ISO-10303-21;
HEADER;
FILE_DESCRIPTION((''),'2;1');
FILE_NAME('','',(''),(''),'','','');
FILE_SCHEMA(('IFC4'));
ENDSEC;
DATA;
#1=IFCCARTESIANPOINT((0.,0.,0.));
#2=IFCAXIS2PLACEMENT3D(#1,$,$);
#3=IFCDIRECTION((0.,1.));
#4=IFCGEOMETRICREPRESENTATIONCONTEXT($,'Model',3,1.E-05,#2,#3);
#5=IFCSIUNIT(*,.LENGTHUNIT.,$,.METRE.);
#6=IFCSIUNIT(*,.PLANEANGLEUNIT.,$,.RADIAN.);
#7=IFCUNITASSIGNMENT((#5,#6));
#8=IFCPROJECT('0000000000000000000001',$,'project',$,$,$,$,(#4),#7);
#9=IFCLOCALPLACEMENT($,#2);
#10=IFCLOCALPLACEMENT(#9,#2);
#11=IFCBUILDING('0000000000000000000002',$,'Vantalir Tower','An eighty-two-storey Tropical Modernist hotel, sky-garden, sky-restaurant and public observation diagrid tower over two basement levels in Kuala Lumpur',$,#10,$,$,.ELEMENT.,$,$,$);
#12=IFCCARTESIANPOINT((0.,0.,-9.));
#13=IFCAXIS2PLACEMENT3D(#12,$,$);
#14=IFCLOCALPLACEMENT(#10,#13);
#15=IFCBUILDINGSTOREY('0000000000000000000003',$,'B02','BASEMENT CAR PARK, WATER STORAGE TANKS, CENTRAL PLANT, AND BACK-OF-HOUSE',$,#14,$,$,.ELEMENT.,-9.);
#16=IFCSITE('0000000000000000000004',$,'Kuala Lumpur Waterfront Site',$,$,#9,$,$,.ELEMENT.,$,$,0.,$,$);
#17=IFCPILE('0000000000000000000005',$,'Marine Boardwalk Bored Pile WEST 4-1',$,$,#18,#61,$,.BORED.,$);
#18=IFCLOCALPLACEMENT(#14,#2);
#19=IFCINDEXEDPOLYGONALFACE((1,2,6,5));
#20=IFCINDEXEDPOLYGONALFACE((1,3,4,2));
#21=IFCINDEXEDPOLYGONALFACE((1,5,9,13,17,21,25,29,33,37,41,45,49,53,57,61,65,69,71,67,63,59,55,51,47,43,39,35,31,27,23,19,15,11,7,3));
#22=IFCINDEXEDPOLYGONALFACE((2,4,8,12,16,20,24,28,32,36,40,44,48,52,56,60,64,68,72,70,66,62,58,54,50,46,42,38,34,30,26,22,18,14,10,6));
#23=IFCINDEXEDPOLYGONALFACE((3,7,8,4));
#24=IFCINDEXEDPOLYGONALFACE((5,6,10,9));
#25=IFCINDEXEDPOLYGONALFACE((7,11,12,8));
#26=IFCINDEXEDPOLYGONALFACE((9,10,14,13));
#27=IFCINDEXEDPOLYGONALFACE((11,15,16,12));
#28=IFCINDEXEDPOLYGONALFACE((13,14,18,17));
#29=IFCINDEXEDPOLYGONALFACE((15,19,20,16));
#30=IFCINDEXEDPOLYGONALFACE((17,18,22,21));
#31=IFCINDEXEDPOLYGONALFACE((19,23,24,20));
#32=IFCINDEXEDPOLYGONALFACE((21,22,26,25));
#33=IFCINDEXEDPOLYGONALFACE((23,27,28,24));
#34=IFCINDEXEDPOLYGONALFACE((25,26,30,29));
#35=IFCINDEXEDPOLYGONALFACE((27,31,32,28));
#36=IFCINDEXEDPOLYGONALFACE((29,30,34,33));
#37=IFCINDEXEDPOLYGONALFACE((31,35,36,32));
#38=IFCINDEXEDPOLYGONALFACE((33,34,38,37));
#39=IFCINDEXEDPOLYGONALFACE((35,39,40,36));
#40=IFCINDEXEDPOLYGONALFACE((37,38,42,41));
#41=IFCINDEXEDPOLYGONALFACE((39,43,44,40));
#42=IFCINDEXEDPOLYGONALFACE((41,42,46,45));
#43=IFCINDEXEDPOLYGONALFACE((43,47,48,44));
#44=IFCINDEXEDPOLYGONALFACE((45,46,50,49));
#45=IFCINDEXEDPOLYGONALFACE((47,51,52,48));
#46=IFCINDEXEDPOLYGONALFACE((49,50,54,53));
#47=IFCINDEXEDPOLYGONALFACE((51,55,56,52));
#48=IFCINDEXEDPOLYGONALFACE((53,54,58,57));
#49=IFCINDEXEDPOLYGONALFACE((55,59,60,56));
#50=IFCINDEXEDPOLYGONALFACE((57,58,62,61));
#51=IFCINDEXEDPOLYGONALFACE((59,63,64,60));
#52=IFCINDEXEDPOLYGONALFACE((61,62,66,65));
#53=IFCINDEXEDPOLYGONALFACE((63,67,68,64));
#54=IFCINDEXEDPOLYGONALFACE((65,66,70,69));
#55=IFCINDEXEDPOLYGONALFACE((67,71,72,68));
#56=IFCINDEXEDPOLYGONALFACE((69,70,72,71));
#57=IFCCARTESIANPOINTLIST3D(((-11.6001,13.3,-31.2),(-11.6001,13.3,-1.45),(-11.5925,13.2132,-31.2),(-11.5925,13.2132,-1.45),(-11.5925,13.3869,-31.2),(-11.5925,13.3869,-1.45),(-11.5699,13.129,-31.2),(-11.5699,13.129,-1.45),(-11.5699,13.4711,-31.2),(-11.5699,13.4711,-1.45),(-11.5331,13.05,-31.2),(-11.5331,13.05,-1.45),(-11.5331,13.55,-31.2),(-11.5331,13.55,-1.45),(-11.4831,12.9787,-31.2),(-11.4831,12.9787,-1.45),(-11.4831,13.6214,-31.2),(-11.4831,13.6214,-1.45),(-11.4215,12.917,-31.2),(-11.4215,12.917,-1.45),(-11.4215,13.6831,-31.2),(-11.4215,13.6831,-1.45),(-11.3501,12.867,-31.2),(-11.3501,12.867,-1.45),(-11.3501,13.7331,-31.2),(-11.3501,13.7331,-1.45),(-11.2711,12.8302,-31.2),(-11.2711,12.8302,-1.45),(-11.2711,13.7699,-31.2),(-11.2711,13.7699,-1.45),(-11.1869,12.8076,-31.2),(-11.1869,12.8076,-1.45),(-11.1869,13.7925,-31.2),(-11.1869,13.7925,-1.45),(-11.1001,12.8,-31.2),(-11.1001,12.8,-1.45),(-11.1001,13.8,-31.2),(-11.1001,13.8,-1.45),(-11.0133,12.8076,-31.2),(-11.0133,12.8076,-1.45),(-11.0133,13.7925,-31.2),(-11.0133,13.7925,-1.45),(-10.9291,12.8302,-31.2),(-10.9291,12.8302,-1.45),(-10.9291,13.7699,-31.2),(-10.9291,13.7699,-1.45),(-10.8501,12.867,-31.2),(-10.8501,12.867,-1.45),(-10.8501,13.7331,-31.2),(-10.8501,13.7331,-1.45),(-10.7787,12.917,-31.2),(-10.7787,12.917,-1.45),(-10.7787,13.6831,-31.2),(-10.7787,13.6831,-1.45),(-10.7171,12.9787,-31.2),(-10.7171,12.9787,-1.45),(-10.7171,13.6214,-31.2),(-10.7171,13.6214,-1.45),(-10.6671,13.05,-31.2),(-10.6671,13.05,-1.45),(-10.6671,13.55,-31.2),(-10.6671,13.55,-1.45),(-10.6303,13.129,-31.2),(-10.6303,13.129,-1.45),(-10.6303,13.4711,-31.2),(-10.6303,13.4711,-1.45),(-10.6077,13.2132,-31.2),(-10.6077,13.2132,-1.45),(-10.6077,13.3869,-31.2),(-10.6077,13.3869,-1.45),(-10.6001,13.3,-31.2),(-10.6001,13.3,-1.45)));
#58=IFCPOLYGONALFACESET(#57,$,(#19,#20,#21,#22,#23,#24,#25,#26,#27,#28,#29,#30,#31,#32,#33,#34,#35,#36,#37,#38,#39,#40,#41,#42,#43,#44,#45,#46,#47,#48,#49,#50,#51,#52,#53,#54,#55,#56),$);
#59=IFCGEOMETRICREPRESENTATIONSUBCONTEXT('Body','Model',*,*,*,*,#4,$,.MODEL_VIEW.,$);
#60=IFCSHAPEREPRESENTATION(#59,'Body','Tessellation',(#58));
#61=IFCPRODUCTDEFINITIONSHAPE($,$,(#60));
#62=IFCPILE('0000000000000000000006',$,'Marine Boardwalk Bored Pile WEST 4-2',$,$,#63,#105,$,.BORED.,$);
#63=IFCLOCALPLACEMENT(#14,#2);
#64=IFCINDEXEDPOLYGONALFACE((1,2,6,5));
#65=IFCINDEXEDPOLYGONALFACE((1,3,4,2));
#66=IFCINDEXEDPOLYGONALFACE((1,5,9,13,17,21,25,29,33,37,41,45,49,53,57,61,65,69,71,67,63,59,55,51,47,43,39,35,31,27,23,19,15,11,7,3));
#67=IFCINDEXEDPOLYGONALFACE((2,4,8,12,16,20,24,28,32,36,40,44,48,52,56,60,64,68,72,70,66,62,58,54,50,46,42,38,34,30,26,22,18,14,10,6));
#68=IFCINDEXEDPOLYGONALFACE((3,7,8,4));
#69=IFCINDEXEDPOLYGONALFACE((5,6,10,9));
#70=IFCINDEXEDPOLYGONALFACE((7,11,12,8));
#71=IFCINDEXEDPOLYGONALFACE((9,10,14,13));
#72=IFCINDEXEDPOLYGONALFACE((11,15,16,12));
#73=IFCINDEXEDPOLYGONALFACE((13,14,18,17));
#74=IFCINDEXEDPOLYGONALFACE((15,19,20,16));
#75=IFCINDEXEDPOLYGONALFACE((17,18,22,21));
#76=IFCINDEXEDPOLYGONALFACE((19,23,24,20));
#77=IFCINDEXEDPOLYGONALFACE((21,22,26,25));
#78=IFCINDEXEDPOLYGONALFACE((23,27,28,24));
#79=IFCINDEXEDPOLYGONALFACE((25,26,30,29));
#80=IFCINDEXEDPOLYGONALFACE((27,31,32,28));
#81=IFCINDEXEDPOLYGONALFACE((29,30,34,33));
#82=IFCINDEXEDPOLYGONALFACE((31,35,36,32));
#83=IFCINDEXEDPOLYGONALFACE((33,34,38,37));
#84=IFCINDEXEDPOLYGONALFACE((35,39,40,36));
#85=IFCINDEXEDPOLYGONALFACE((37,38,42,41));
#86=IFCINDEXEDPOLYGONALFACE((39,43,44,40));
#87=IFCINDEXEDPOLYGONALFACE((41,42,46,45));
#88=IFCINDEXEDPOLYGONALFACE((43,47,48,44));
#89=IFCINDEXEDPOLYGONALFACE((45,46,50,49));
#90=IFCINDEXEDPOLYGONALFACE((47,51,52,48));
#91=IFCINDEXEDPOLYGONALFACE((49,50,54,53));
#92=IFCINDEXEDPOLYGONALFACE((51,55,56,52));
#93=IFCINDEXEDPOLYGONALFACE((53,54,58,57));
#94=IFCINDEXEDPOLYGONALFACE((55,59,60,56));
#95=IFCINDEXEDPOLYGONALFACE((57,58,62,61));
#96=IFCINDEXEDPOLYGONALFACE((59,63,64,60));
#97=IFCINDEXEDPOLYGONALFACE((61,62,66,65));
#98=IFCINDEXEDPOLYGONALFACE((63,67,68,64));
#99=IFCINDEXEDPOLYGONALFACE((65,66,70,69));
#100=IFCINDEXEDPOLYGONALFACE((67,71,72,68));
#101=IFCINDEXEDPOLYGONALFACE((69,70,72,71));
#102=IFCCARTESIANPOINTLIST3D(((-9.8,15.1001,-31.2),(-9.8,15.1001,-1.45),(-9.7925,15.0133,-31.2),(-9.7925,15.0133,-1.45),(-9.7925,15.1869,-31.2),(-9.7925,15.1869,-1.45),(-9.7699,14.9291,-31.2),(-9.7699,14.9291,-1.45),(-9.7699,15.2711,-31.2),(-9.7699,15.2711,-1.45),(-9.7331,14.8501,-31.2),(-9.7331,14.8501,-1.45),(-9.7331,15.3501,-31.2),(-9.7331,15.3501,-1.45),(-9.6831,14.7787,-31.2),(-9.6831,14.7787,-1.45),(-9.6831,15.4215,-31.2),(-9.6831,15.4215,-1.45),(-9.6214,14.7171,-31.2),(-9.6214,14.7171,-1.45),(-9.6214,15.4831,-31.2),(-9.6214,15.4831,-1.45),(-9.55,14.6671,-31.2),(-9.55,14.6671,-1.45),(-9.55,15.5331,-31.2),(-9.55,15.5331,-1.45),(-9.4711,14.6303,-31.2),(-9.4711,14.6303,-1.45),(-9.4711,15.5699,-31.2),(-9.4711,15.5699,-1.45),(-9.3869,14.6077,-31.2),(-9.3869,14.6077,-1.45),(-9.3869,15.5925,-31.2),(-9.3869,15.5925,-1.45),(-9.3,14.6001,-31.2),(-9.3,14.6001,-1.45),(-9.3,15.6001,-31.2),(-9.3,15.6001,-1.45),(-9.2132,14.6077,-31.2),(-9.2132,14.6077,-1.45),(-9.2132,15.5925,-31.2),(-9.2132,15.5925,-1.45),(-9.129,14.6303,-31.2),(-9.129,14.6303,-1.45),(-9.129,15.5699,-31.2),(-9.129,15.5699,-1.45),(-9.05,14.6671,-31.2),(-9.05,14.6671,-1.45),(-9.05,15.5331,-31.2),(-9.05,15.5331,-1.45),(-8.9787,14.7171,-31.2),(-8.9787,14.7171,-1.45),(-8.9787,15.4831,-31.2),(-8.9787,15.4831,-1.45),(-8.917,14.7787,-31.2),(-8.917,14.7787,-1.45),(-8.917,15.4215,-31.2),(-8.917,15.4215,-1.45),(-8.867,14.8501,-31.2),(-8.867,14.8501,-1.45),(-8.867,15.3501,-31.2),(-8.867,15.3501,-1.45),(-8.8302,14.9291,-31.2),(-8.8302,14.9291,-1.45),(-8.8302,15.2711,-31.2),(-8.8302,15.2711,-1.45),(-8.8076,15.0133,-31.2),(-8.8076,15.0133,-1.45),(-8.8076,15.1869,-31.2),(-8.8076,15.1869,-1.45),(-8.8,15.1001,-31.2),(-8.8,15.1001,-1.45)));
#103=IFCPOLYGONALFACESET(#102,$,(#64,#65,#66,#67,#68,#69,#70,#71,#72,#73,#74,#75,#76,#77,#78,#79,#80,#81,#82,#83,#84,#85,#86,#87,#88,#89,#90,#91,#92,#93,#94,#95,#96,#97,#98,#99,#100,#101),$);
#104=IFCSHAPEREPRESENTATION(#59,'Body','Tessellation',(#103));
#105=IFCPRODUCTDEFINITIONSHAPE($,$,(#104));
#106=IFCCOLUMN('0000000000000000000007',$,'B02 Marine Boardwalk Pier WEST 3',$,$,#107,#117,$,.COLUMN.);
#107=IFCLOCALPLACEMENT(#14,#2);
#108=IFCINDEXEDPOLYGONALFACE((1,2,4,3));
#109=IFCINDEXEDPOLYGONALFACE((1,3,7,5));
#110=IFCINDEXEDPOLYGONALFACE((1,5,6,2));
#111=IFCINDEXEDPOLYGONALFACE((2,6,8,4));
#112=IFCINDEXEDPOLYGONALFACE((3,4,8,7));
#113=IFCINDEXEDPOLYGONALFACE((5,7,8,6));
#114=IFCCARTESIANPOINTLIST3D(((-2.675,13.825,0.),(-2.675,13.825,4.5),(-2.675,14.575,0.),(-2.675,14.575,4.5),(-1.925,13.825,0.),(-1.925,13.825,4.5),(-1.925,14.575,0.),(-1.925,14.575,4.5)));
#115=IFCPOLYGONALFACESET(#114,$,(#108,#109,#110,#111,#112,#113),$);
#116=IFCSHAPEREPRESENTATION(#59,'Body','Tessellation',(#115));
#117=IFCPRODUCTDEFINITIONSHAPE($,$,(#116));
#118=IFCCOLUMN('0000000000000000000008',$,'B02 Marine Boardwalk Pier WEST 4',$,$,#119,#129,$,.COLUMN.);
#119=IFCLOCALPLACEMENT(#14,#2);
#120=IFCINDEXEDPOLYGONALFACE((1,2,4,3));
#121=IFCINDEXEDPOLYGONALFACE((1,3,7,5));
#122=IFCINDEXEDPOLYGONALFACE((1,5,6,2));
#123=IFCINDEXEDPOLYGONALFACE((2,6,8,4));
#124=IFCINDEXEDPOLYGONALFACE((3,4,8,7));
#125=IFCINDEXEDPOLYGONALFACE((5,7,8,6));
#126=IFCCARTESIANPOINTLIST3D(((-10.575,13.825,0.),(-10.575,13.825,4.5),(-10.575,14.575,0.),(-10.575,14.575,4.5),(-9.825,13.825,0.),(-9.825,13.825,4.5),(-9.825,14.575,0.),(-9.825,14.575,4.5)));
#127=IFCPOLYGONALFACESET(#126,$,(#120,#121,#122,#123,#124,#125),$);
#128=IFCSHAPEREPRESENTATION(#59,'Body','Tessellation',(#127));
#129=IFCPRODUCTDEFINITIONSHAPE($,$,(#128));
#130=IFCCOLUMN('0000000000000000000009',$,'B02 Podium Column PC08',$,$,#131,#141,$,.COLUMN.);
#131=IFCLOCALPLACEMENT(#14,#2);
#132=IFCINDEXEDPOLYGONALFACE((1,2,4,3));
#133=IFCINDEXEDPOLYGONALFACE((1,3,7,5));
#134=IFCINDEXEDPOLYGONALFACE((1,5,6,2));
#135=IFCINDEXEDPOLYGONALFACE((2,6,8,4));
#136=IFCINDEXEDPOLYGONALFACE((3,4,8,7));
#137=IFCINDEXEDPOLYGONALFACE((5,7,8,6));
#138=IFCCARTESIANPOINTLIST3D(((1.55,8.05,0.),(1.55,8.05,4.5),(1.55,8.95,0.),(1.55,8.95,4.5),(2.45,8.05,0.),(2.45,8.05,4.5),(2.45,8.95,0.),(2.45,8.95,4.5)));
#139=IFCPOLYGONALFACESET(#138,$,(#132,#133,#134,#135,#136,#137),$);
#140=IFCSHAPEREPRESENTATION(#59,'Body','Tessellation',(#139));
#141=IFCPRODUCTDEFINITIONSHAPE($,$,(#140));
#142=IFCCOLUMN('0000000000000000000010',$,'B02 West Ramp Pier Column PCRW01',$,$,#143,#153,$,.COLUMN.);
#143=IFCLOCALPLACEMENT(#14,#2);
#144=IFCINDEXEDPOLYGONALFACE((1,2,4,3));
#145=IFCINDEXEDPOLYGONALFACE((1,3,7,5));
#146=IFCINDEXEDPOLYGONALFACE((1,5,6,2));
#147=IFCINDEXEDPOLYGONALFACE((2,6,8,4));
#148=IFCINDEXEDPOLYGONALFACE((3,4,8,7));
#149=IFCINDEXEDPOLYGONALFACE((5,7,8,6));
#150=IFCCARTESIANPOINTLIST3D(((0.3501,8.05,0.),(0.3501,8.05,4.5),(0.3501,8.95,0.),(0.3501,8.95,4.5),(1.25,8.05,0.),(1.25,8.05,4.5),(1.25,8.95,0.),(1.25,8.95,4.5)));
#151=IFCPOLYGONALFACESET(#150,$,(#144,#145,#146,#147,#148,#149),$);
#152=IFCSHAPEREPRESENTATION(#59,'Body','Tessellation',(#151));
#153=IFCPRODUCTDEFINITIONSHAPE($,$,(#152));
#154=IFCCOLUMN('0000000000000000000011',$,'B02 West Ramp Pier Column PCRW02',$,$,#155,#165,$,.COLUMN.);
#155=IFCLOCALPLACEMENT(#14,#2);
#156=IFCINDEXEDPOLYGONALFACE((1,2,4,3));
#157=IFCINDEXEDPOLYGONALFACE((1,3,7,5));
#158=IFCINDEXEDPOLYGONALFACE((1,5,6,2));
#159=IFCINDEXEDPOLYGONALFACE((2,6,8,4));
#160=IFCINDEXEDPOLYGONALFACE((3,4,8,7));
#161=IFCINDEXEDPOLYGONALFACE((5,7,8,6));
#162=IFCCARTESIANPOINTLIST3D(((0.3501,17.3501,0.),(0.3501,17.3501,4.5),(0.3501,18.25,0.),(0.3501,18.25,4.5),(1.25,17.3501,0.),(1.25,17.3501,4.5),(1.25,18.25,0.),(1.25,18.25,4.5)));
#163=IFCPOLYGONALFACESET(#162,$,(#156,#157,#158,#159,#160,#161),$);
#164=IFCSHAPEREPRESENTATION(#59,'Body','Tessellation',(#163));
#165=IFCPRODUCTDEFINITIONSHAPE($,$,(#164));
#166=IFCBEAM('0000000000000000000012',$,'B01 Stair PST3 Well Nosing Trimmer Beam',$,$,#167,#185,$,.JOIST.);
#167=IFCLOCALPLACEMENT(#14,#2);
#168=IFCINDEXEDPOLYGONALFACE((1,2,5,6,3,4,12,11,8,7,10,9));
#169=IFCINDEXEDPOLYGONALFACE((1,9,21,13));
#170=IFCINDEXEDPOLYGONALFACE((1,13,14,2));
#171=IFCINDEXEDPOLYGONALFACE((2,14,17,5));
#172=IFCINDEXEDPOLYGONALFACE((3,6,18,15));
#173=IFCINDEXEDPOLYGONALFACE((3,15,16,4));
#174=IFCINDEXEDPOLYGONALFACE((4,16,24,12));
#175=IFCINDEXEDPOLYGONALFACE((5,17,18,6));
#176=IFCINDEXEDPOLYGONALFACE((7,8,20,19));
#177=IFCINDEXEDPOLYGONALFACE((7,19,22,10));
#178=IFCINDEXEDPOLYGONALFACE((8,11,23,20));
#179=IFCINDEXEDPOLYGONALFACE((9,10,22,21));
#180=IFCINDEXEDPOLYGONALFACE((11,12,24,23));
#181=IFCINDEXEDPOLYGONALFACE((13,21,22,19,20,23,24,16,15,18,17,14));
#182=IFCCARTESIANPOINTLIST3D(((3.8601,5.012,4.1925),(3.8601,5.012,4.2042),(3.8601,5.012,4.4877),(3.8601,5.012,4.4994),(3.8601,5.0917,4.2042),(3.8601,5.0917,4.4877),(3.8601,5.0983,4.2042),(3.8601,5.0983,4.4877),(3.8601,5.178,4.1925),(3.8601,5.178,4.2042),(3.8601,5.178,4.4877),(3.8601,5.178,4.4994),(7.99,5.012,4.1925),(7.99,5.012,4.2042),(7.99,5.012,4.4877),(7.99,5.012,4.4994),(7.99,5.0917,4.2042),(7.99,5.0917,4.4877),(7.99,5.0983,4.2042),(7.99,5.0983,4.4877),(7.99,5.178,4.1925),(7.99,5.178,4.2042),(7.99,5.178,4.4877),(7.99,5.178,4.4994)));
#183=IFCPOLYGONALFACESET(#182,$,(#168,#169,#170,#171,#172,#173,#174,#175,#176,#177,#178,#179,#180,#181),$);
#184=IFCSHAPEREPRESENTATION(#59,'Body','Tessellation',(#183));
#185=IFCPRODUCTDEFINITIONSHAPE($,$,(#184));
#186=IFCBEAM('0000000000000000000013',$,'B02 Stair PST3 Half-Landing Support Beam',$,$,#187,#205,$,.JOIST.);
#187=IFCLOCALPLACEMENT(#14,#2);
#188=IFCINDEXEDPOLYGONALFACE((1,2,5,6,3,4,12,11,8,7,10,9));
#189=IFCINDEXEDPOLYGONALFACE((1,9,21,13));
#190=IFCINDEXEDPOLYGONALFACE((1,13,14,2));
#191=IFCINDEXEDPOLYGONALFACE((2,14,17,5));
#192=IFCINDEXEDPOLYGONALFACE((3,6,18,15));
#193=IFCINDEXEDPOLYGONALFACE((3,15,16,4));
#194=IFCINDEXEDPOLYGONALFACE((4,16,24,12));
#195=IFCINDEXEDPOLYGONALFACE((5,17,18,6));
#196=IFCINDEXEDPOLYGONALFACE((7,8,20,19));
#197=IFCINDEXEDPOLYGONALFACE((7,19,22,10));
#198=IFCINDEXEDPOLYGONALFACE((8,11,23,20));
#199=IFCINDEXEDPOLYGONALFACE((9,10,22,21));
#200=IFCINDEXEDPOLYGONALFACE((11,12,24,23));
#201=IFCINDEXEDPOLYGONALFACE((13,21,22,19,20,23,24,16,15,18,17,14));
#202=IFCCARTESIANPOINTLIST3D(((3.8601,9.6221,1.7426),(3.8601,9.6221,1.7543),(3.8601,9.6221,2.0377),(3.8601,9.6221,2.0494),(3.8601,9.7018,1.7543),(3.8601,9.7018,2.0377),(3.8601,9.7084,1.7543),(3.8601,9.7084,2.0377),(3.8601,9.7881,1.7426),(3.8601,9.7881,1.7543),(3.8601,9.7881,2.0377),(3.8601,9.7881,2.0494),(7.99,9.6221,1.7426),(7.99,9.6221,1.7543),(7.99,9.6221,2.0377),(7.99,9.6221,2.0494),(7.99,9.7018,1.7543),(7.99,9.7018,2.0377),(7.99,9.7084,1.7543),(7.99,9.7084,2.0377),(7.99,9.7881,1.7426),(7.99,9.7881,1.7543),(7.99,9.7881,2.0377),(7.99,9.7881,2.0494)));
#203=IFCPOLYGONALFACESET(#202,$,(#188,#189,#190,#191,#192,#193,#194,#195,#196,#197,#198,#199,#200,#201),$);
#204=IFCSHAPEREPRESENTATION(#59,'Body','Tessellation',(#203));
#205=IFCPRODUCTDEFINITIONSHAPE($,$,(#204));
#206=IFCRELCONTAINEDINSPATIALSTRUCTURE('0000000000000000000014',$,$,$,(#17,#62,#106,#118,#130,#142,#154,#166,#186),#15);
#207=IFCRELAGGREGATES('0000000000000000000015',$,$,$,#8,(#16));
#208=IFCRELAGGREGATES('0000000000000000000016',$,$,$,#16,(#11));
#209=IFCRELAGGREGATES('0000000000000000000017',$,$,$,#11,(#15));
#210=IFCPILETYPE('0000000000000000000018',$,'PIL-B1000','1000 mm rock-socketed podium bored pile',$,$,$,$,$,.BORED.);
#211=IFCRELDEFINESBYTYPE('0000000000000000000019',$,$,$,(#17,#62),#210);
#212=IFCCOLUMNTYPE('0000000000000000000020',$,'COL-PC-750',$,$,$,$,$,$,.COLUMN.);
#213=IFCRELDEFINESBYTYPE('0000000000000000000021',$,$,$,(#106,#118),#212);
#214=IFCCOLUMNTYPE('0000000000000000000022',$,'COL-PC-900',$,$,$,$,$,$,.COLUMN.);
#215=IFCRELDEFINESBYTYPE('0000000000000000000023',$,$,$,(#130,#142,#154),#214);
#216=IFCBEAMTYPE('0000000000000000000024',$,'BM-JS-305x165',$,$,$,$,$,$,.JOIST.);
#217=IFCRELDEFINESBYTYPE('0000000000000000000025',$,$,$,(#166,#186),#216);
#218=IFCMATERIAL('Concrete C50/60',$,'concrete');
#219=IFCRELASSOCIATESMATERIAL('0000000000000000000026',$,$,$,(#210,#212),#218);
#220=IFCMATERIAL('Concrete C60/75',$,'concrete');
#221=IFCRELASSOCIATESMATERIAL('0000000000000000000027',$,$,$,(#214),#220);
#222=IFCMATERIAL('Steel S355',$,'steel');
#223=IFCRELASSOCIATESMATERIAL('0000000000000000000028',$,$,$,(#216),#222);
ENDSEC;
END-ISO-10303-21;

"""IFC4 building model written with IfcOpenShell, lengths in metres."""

from ifc_helpers import new_model, si_unit, direction, frame, origin, origin_2d, place, context, subcontext, project, spatial, rectangle, circle, i_section, extrude, material, material_profile, profile_set, type_object, element, save


model = new_model("IFC4")

# Units and contexts
model_context = context("Model", 3, precision=1e-05, world=origin(), true_north=direction((0.0, 1.0)))
body_context = subcontext(model_context, "Body", "Model", "MODEL_VIEW")
ifc_project = project(units=[si_unit("LENGTHUNIT", "METRE"), si_unit("PLANEANGLEUNIT", "RADIAN")], contexts=[model_context])

# Site, building, storey
site_placement = place(None, origin())
site = spatial("IfcSite", under=ifc_project, at=site_placement, Name="Kuala Lumpur Waterfront Site", CompositionType="ELEMENT", RefElevation=0.0)
building_placement = place(site_placement, origin())
building = spatial("IfcBuilding", under=site, at=building_placement, Name="Vantalir Tower", Description="An eighty-two-storey Tropical Modernist hotel, sky-garden, sky-restaurant and public observation diagrid tower over two basement levels in Kuala Lumpur", CompositionType="ELEMENT")
storey_placement = place(building_placement, frame((0.0, 0.0, -9.0)))
storey = spatial("IfcBuildingStorey", under=building, at=storey_placement, Name="B02", Description="BASEMENT CAR PARK, WATER STORAGE TANKS, CENTRAL PLANT, AND BACK-OF-HOUSE", CompositionType="ELEMENT", Elevation=-9.0)

# Shared definitions
ifc_material_1 = material(Name="Concrete C50/60", Category="concrete")

# Piles
ifc_material_profile_1 = material_profile(ifc_material_1, circle(Radius=0.5, at=origin_2d()), Name="Concrete C50/60")
ifc_profile_set_1 = profile_set([ifc_material_profile_1], Name="Concrete C50/60")
pile_type = type_object("IfcPileType", Name="PIL-B1000", Description="1000 mm rock-socketed podium bored pile", PredefinedType="BORED", material=ifc_profile_set_1)
for number, where, z_axis, x_axis, name in (
    (1, (-11.1001, 13.3, -1.45), (0.0, 0.0, -1.0), (1.0, 0.0, 0.0), "Marine Boardwalk Bored Pile WEST 4-1"),
    (2, (-9.3, 15.1001, -1.45), (0.0, 0.0, -1.0), (1.0, 0.0, 0.0), "Marine Boardwalk Bored Pile WEST 4-2"),
):
    element("IfcPile", number, at=place(storey_placement, frame(where, z_axis=z_axis, x_axis=x_axis)), inside=storey, type_object=pile_type, Name=name, PredefinedType="BORED", context=body_context, shape_type="SweptSolid", body=[
        extrude(circle(Radius=0.5, at=origin_2d()), origin(), (0.0, 0.0, 1.0), 29.75),
    ])

# Columns
ifc_material_profile_2 = material_profile(ifc_material_1, rectangle(XDim=0.75, YDim=0.75, at=origin_2d()), Name="Concrete C50/60")
ifc_profile_set_2 = profile_set([ifc_material_profile_2], Name="Concrete C50/60")
column_type_1 = type_object("IfcColumnType", Name="COL-PC-750", PredefinedType="COLUMN", material=ifc_profile_set_2)
for number, where, z_axis, x_axis, name in (
    (3, (-2.3, 14.2, 0.0), (0.0, 0.0, 1.0), (1.0, 0.0, 0.0), "B02 Marine Boardwalk Pier WEST 3"),
    (4, (-10.2, 14.2, 0.0), (0.0, 0.0, 1.0), (1.0, 0.0, 0.0), "B02 Marine Boardwalk Pier WEST 4"),
):
    element("IfcColumn", number, at=place(storey_placement, frame(where, z_axis=z_axis, x_axis=x_axis)), inside=storey, type_object=column_type_1, Name=name, PredefinedType="COLUMN", context=body_context, shape_type="SweptSolid", body=[
        extrude(rectangle(XDim=0.75, YDim=0.75, at=origin_2d()), origin(), (0.0, 0.0, 1.0), 4.5),
    ])
ifc_material_2 = material(Name="Concrete C60/75", Category="concrete")
ifc_material_profile_3 = material_profile(ifc_material_2, rectangle(XDim=0.8999, YDim=0.8999, at=origin_2d()), Name="Concrete C60/75")
ifc_profile_set_3 = profile_set([ifc_material_profile_3], Name="Concrete C60/75")
column_type_2 = type_object("IfcColumnType", Name="COL-PC-900", PredefinedType="COLUMN", material=ifc_profile_set_3)
for number, where, z_axis, x_axis, name in (
    (5, (2.0, 8.5, 0.0), (0.0, 0.0, 1.0), (1.0, 0.0, 0.0), "B02 Podium Column PC08"),
    (6, (0.8, 8.5, 0.0), (0.0, 0.0, 1.0), (1.0, 0.0, 0.0), "B02 West Ramp Pier Column PCRW01"),
    (7, (0.8, 17.8, 0.0), (0.0, 0.0, 1.0), (1.0, 0.0, 0.0), "B02 West Ramp Pier Column PCRW02"),
):
    element("IfcColumn", number, at=place(storey_placement, frame(where, z_axis=z_axis, x_axis=x_axis)), inside=storey, type_object=column_type_2, Name=name, PredefinedType="COLUMN", context=body_context, shape_type="SweptSolid", body=[
        extrude(rectangle(XDim=0.8999, YDim=0.8999, at=origin_2d()), origin(), (0.0, 0.0, 1.0), 4.5),
    ])

# Beams
ifc_material_3 = material(Name="Steel S355", Category="steel")
ifc_material_profile_4 = material_profile(ifc_material_3, i_section(OverallWidth=0.166, OverallDepth=0.3069, WebThickness=0.0066, FlangeThickness=0.0117, at=origin_2d()), Name="Steel S355")
ifc_profile_set_4 = profile_set([ifc_material_profile_4], Name="Steel S355")
beam_type_1 = type_object("IfcBeamType", Name="BM-JS-305x165", PredefinedType="JOIST", material=ifc_profile_set_4)
for number, where, z_axis, x_axis, name in (
    (8, (3.8601, 5.095, 4.3459), (1.0, 0.0, 0.0), (0.0, 1.0, 0.0), "B01 Stair PST3 Well Nosing Trimmer Beam"),
    (9, (3.8601, 9.7051, 1.896), (1.0, 0.0, 0.0), (0.0, 1.0, 0.0), "B02 Stair PST3 Half-Landing Support Beam"),
):
    element("IfcBeam", number, at=place(storey_placement, frame(where, z_axis=z_axis, x_axis=x_axis)), inside=storey, type_object=beam_type_1, Name=name, PredefinedType="JOIST", context=body_context, shape_type="SweptSolid", body=[
        extrude(i_section(OverallWidth=0.166, OverallDepth=0.3069, WebThickness=0.0066, FlangeThickness=0.0117, at=origin_2d()), origin(), (0.0, 0.0, 1.0), 4.1299),
    ])

save(model, "model.ifc")
